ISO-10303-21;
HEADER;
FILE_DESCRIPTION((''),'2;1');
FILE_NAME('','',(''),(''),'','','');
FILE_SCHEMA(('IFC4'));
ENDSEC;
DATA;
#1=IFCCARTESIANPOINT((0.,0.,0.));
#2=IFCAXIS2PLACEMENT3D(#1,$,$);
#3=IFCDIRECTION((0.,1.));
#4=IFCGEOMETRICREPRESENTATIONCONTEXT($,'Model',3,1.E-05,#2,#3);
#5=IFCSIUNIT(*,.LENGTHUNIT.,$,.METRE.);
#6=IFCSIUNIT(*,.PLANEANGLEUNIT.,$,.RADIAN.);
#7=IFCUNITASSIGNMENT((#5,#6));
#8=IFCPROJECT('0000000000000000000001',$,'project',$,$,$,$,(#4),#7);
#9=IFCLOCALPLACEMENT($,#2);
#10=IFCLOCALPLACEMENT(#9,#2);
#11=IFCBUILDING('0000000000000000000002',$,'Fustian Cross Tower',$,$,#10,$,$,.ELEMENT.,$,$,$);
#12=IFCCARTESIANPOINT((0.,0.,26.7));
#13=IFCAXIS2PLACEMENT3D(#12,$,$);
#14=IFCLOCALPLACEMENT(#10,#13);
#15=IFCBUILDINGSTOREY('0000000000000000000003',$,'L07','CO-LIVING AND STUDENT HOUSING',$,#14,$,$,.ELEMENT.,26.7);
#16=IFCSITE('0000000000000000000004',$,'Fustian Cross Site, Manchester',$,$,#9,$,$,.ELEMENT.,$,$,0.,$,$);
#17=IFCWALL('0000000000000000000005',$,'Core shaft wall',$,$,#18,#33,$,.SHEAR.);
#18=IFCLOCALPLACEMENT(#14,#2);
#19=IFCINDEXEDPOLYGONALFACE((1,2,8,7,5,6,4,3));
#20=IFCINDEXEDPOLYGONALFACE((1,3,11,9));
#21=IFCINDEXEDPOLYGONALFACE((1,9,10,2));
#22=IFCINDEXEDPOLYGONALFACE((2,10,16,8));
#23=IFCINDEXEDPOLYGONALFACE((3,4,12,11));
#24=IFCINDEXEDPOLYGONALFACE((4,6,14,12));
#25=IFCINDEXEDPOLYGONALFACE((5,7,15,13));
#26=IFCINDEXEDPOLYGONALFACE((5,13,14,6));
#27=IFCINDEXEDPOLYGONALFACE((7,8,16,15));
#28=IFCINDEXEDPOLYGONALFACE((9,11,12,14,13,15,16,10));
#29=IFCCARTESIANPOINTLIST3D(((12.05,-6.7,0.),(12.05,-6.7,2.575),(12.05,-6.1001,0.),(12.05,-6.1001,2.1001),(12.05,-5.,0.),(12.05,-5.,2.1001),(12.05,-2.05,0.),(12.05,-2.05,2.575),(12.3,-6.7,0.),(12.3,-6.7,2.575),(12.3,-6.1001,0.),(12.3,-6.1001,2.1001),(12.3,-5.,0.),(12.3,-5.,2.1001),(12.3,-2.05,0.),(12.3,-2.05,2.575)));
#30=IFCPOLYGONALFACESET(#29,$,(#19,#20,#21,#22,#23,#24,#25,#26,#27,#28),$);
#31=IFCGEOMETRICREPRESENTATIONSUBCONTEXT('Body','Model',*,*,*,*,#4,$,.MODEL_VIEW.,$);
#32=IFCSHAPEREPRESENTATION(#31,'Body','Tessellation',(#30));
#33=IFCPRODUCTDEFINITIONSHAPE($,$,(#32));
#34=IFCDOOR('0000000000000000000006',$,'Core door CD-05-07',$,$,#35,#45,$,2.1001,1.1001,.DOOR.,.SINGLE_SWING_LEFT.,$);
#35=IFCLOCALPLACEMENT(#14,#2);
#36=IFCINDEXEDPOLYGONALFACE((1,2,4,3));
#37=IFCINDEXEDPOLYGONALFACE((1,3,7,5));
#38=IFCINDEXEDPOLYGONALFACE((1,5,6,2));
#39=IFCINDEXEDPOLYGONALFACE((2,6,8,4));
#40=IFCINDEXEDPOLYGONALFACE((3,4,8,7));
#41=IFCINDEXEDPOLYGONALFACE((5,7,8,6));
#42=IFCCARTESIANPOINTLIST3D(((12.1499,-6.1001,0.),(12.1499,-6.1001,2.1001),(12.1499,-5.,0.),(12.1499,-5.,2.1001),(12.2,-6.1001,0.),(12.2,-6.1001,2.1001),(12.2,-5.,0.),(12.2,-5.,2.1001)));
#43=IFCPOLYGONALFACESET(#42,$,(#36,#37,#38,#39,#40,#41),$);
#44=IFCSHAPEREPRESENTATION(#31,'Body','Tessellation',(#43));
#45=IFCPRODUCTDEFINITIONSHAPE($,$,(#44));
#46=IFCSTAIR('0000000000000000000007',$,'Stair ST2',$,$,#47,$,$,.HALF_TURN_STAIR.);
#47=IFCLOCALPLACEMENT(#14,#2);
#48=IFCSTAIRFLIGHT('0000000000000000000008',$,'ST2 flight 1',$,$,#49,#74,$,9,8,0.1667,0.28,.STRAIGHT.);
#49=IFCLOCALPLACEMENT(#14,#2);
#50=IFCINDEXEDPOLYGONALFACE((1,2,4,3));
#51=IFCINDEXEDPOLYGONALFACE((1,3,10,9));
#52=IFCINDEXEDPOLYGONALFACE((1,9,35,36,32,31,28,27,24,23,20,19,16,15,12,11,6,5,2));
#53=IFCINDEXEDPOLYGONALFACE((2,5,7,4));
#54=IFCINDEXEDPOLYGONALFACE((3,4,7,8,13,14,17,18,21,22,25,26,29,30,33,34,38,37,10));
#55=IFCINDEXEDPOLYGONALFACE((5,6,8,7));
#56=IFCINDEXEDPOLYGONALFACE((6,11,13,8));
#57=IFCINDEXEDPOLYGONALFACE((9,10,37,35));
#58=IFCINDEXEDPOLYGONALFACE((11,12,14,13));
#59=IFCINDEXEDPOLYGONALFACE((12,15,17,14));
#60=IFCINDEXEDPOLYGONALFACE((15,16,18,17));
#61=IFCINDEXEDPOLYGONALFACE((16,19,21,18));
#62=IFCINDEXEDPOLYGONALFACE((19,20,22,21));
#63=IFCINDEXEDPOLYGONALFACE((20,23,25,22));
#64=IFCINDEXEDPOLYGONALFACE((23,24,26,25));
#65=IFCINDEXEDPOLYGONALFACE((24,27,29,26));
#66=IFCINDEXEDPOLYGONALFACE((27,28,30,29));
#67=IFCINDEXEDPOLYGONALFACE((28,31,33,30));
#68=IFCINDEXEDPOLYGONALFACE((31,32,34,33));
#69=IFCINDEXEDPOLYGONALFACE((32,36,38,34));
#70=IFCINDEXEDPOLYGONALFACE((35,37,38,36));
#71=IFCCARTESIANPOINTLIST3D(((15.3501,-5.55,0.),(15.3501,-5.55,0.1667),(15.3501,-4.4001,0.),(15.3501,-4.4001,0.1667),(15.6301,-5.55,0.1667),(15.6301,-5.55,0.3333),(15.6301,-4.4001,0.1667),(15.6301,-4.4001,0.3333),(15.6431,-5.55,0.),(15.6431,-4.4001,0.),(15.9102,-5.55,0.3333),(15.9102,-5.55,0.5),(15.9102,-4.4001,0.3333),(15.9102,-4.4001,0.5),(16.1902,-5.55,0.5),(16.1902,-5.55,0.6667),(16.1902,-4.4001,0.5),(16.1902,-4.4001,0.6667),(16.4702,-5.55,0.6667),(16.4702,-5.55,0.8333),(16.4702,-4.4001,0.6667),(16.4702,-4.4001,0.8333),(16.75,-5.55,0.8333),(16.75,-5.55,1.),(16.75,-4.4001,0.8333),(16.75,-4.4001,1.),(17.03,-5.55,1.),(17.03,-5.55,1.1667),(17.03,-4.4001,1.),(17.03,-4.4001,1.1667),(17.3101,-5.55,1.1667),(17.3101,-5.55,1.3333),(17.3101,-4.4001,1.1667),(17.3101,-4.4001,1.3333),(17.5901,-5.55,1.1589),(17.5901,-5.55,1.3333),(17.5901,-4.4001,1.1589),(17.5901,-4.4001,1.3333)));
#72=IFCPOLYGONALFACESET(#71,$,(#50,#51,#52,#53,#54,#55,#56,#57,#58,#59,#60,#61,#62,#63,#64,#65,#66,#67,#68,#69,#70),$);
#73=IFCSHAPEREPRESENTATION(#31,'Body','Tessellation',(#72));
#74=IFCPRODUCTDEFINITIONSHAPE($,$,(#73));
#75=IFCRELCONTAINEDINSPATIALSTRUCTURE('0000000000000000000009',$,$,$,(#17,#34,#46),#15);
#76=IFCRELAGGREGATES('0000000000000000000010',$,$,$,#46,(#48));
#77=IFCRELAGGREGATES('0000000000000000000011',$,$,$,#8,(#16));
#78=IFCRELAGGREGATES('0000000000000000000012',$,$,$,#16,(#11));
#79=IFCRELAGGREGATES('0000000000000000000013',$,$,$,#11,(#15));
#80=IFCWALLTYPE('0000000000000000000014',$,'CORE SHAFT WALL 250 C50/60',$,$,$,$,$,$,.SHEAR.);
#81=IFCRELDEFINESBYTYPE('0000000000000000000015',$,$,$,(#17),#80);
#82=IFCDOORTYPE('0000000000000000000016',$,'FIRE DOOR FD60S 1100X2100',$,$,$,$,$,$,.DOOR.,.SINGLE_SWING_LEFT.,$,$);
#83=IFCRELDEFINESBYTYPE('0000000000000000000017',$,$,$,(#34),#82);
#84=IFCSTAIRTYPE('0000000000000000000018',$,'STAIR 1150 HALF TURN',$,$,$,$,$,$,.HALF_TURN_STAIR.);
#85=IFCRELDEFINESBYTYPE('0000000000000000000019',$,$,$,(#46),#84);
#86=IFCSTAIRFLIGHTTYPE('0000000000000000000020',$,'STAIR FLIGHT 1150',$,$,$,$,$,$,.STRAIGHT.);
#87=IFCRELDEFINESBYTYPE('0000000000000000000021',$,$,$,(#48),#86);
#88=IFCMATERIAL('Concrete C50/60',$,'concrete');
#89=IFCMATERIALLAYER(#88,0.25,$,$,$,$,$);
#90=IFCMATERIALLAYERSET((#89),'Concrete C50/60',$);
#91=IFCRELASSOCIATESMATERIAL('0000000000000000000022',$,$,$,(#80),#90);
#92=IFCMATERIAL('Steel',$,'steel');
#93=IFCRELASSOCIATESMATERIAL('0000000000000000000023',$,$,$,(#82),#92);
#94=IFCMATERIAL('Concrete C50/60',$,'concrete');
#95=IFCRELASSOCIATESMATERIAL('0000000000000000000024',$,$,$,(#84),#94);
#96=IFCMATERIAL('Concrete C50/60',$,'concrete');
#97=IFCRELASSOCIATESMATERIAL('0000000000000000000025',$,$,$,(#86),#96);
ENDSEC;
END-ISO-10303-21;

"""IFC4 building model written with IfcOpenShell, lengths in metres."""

from ifc_helpers import new_model, si_unit, direction, frame, frame_2d, origin, place, context, subcontext, project, spatial, polyline, rectangle, outline, extrude, material, layer, layer_set, type_object, element, fill, aggregate, save


model = new_model("IFC4")

# Units and contexts
model_context = context("Model", 3, precision=1e-05, world=origin(), true_north=direction((0.0, 1.0)))
body_context = subcontext(model_context, "Body", "Model", "MODEL_VIEW")
ifc_project = project(units=[si_unit("LENGTHUNIT", "METRE"), si_unit("PLANEANGLEUNIT", "RADIAN")], contexts=[model_context])

# Site, building, storey
site_placement = place(None, origin())
site = spatial("IfcSite", under=ifc_project, at=site_placement, Name="Fustian Cross Site, Manchester", CompositionType="ELEMENT", RefElevation=0.0)
building_placement = place(site_placement, origin())
building = spatial("IfcBuilding", under=site, at=building_placement, Name="Fustian Cross Tower", CompositionType="ELEMENT")
storey_placement = place(building_placement, frame((0.0, 0.0, 26.7)))
storey = spatial("IfcBuildingStorey", under=building, at=storey_placement, Name="L07", Description="CO-LIVING AND STUDENT HOUSING", CompositionType="ELEMENT", Elevation=26.7)

# Shared definitions
ifc_material_1 = material(Name="Concrete C50/60", Category="concrete")
ifc_layer_1 = layer(ifc_material_1, 0.25)
ifc_layer_set_1 = layer_set([ifc_layer_1], Name="Concrete C50/60")
wall_type_1 = type_object("IfcWallType", Name="CORE SHAFT WALL 250 C50/60", PredefinedType="SHEAR", material=ifc_layer_set_1)

# Wall, opening, door
wall_1_placement = place(storey_placement, frame((12.175, -2.05, 0.0), z_axis=(0.0, 0.0, 1.0), x_axis=(0.0, -1.0, 0.0)))
wall_1 = element("IfcWall", 1, at=wall_1_placement, inside=storey, type_object=wall_type_1, Name="Core shaft wall", PredefinedType="SHEAR", context=body_context, shape_type="SweptSolid", body=[
    extrude(rectangle(XDim=4.6499, YDim=0.25, at=frame_2d((2.325, 0.0))), origin(), (0.0, 0.0, 1.0), 2.575),
])
opening_1_placement = place(wall_1_placement, frame((2.95, 0.0, 0.0)))
opening_1 = element("IfcOpeningElement", 2, at=opening_1_placement, cuts=wall_1, PredefinedType="OPENING", context=body_context, shape_type="SweptSolid", body=[
    extrude(rectangle(XDim=1.1001, YDim=2.1001, at=frame_2d((0.55, 1.05))), frame((0.0, 0.135, 0.0), z_axis=(0.0, -1.0, 0.0), x_axis=(1.0, 0.0, 0.0)), (0.0, 0.0, 1.0), 0.27),
])
ifc_material_2 = material(Name="Steel", Category="steel")
door_type_1 = type_object("IfcDoorType", Name="FIRE DOOR FD60S 1100X2100", OperationType="SINGLE_SWING_LEFT", PredefinedType="DOOR", material=ifc_material_2)
door_1_placement = place(opening_1_placement, origin())
door_1 = element("IfcDoor", 3, at=door_1_placement, inside=storey, type_object=door_type_1, Name="Core door CD-05-07", OperationType="SINGLE_SWING_LEFT", OverallHeight=2.1001, OverallWidth=1.1001, PredefinedType="DOOR", context=body_context, shape_type="SweptSolid", body=[
    extrude(rectangle(XDim=1.1001, YDim=2.1001, at=frame_2d((0.55, 1.05))), frame((0.0, 0.0249, 0.0), z_axis=(0.0, -1.0, 0.0), x_axis=(1.0, 0.0, 0.0)), (0.0, 0.0, 1.0), 0.05),
])
fill(opening_1, door_1)

# Stair, stair flight
ifc_material_3 = material(Name="Concrete C50/60", Category="concrete")
stair_type = type_object("IfcStairType", Name="STAIR 1150 HALF TURN", PredefinedType="HALF_TURN_STAIR", material=ifc_material_3)
stair_placement = place(storey_placement, origin())
stair = element("IfcStair", 4, at=stair_placement, inside=storey, type_object=stair_type, Name="Stair ST2", PredefinedType="HALF_TURN_STAIR")
ifc_material_4 = material(Name="Concrete C50/60", Category="concrete")
stair_flight_type = type_object("IfcStairFlightType", Name="STAIR FLIGHT 1150", PredefinedType="STRAIGHT", material=ifc_material_4)
stair_flight_placement = place(storey_placement, frame((15.3501, -4.9751, 0.0), z_axis=(0.0, 0.0, 1.0), x_axis=(1.0, 0.0, 0.0)))
stair_flight = element("IfcStairFlight", 5, at=stair_flight_placement, type_object=stair_flight_type, Name="ST2 flight 1", NumberOfRisers=9, NumberOfTreads=8, PredefinedType="STRAIGHT", RiserHeight=0.1667, TreadLength=0.28, context=body_context, shape_type="SweptSolid", body=[
    extrude(outline(polyline([(0.0, 0.0), (0.0, 0.1667), (0.28, 0.1667), (0.28, 0.3333), (0.5601, 0.3333), (0.5601, 0.5), (0.8401, 0.5), (0.8401, 0.6667), (1.1201, 0.6667), (1.1201, 0.8333), (1.3999, 0.8333), (1.3999, 1.0), (1.6799, 1.0), (1.6799, 1.1667), (1.96, 1.1667), (1.96, 1.3333), (2.24, 1.3333), (2.24, 1.5), (2.24, 1.1589), (0.293, 0.0), (0.0, 0.0)])), frame((0.0, 0.575, 0.0), z_axis=(0.0, -1.0, 0.0), x_axis=(1.0, 0.0, 0.0)), (0.0, 0.0, 1.0), 1.1499),
])
aggregate(stair, [stair_flight])

save(model, "model.ifc")
